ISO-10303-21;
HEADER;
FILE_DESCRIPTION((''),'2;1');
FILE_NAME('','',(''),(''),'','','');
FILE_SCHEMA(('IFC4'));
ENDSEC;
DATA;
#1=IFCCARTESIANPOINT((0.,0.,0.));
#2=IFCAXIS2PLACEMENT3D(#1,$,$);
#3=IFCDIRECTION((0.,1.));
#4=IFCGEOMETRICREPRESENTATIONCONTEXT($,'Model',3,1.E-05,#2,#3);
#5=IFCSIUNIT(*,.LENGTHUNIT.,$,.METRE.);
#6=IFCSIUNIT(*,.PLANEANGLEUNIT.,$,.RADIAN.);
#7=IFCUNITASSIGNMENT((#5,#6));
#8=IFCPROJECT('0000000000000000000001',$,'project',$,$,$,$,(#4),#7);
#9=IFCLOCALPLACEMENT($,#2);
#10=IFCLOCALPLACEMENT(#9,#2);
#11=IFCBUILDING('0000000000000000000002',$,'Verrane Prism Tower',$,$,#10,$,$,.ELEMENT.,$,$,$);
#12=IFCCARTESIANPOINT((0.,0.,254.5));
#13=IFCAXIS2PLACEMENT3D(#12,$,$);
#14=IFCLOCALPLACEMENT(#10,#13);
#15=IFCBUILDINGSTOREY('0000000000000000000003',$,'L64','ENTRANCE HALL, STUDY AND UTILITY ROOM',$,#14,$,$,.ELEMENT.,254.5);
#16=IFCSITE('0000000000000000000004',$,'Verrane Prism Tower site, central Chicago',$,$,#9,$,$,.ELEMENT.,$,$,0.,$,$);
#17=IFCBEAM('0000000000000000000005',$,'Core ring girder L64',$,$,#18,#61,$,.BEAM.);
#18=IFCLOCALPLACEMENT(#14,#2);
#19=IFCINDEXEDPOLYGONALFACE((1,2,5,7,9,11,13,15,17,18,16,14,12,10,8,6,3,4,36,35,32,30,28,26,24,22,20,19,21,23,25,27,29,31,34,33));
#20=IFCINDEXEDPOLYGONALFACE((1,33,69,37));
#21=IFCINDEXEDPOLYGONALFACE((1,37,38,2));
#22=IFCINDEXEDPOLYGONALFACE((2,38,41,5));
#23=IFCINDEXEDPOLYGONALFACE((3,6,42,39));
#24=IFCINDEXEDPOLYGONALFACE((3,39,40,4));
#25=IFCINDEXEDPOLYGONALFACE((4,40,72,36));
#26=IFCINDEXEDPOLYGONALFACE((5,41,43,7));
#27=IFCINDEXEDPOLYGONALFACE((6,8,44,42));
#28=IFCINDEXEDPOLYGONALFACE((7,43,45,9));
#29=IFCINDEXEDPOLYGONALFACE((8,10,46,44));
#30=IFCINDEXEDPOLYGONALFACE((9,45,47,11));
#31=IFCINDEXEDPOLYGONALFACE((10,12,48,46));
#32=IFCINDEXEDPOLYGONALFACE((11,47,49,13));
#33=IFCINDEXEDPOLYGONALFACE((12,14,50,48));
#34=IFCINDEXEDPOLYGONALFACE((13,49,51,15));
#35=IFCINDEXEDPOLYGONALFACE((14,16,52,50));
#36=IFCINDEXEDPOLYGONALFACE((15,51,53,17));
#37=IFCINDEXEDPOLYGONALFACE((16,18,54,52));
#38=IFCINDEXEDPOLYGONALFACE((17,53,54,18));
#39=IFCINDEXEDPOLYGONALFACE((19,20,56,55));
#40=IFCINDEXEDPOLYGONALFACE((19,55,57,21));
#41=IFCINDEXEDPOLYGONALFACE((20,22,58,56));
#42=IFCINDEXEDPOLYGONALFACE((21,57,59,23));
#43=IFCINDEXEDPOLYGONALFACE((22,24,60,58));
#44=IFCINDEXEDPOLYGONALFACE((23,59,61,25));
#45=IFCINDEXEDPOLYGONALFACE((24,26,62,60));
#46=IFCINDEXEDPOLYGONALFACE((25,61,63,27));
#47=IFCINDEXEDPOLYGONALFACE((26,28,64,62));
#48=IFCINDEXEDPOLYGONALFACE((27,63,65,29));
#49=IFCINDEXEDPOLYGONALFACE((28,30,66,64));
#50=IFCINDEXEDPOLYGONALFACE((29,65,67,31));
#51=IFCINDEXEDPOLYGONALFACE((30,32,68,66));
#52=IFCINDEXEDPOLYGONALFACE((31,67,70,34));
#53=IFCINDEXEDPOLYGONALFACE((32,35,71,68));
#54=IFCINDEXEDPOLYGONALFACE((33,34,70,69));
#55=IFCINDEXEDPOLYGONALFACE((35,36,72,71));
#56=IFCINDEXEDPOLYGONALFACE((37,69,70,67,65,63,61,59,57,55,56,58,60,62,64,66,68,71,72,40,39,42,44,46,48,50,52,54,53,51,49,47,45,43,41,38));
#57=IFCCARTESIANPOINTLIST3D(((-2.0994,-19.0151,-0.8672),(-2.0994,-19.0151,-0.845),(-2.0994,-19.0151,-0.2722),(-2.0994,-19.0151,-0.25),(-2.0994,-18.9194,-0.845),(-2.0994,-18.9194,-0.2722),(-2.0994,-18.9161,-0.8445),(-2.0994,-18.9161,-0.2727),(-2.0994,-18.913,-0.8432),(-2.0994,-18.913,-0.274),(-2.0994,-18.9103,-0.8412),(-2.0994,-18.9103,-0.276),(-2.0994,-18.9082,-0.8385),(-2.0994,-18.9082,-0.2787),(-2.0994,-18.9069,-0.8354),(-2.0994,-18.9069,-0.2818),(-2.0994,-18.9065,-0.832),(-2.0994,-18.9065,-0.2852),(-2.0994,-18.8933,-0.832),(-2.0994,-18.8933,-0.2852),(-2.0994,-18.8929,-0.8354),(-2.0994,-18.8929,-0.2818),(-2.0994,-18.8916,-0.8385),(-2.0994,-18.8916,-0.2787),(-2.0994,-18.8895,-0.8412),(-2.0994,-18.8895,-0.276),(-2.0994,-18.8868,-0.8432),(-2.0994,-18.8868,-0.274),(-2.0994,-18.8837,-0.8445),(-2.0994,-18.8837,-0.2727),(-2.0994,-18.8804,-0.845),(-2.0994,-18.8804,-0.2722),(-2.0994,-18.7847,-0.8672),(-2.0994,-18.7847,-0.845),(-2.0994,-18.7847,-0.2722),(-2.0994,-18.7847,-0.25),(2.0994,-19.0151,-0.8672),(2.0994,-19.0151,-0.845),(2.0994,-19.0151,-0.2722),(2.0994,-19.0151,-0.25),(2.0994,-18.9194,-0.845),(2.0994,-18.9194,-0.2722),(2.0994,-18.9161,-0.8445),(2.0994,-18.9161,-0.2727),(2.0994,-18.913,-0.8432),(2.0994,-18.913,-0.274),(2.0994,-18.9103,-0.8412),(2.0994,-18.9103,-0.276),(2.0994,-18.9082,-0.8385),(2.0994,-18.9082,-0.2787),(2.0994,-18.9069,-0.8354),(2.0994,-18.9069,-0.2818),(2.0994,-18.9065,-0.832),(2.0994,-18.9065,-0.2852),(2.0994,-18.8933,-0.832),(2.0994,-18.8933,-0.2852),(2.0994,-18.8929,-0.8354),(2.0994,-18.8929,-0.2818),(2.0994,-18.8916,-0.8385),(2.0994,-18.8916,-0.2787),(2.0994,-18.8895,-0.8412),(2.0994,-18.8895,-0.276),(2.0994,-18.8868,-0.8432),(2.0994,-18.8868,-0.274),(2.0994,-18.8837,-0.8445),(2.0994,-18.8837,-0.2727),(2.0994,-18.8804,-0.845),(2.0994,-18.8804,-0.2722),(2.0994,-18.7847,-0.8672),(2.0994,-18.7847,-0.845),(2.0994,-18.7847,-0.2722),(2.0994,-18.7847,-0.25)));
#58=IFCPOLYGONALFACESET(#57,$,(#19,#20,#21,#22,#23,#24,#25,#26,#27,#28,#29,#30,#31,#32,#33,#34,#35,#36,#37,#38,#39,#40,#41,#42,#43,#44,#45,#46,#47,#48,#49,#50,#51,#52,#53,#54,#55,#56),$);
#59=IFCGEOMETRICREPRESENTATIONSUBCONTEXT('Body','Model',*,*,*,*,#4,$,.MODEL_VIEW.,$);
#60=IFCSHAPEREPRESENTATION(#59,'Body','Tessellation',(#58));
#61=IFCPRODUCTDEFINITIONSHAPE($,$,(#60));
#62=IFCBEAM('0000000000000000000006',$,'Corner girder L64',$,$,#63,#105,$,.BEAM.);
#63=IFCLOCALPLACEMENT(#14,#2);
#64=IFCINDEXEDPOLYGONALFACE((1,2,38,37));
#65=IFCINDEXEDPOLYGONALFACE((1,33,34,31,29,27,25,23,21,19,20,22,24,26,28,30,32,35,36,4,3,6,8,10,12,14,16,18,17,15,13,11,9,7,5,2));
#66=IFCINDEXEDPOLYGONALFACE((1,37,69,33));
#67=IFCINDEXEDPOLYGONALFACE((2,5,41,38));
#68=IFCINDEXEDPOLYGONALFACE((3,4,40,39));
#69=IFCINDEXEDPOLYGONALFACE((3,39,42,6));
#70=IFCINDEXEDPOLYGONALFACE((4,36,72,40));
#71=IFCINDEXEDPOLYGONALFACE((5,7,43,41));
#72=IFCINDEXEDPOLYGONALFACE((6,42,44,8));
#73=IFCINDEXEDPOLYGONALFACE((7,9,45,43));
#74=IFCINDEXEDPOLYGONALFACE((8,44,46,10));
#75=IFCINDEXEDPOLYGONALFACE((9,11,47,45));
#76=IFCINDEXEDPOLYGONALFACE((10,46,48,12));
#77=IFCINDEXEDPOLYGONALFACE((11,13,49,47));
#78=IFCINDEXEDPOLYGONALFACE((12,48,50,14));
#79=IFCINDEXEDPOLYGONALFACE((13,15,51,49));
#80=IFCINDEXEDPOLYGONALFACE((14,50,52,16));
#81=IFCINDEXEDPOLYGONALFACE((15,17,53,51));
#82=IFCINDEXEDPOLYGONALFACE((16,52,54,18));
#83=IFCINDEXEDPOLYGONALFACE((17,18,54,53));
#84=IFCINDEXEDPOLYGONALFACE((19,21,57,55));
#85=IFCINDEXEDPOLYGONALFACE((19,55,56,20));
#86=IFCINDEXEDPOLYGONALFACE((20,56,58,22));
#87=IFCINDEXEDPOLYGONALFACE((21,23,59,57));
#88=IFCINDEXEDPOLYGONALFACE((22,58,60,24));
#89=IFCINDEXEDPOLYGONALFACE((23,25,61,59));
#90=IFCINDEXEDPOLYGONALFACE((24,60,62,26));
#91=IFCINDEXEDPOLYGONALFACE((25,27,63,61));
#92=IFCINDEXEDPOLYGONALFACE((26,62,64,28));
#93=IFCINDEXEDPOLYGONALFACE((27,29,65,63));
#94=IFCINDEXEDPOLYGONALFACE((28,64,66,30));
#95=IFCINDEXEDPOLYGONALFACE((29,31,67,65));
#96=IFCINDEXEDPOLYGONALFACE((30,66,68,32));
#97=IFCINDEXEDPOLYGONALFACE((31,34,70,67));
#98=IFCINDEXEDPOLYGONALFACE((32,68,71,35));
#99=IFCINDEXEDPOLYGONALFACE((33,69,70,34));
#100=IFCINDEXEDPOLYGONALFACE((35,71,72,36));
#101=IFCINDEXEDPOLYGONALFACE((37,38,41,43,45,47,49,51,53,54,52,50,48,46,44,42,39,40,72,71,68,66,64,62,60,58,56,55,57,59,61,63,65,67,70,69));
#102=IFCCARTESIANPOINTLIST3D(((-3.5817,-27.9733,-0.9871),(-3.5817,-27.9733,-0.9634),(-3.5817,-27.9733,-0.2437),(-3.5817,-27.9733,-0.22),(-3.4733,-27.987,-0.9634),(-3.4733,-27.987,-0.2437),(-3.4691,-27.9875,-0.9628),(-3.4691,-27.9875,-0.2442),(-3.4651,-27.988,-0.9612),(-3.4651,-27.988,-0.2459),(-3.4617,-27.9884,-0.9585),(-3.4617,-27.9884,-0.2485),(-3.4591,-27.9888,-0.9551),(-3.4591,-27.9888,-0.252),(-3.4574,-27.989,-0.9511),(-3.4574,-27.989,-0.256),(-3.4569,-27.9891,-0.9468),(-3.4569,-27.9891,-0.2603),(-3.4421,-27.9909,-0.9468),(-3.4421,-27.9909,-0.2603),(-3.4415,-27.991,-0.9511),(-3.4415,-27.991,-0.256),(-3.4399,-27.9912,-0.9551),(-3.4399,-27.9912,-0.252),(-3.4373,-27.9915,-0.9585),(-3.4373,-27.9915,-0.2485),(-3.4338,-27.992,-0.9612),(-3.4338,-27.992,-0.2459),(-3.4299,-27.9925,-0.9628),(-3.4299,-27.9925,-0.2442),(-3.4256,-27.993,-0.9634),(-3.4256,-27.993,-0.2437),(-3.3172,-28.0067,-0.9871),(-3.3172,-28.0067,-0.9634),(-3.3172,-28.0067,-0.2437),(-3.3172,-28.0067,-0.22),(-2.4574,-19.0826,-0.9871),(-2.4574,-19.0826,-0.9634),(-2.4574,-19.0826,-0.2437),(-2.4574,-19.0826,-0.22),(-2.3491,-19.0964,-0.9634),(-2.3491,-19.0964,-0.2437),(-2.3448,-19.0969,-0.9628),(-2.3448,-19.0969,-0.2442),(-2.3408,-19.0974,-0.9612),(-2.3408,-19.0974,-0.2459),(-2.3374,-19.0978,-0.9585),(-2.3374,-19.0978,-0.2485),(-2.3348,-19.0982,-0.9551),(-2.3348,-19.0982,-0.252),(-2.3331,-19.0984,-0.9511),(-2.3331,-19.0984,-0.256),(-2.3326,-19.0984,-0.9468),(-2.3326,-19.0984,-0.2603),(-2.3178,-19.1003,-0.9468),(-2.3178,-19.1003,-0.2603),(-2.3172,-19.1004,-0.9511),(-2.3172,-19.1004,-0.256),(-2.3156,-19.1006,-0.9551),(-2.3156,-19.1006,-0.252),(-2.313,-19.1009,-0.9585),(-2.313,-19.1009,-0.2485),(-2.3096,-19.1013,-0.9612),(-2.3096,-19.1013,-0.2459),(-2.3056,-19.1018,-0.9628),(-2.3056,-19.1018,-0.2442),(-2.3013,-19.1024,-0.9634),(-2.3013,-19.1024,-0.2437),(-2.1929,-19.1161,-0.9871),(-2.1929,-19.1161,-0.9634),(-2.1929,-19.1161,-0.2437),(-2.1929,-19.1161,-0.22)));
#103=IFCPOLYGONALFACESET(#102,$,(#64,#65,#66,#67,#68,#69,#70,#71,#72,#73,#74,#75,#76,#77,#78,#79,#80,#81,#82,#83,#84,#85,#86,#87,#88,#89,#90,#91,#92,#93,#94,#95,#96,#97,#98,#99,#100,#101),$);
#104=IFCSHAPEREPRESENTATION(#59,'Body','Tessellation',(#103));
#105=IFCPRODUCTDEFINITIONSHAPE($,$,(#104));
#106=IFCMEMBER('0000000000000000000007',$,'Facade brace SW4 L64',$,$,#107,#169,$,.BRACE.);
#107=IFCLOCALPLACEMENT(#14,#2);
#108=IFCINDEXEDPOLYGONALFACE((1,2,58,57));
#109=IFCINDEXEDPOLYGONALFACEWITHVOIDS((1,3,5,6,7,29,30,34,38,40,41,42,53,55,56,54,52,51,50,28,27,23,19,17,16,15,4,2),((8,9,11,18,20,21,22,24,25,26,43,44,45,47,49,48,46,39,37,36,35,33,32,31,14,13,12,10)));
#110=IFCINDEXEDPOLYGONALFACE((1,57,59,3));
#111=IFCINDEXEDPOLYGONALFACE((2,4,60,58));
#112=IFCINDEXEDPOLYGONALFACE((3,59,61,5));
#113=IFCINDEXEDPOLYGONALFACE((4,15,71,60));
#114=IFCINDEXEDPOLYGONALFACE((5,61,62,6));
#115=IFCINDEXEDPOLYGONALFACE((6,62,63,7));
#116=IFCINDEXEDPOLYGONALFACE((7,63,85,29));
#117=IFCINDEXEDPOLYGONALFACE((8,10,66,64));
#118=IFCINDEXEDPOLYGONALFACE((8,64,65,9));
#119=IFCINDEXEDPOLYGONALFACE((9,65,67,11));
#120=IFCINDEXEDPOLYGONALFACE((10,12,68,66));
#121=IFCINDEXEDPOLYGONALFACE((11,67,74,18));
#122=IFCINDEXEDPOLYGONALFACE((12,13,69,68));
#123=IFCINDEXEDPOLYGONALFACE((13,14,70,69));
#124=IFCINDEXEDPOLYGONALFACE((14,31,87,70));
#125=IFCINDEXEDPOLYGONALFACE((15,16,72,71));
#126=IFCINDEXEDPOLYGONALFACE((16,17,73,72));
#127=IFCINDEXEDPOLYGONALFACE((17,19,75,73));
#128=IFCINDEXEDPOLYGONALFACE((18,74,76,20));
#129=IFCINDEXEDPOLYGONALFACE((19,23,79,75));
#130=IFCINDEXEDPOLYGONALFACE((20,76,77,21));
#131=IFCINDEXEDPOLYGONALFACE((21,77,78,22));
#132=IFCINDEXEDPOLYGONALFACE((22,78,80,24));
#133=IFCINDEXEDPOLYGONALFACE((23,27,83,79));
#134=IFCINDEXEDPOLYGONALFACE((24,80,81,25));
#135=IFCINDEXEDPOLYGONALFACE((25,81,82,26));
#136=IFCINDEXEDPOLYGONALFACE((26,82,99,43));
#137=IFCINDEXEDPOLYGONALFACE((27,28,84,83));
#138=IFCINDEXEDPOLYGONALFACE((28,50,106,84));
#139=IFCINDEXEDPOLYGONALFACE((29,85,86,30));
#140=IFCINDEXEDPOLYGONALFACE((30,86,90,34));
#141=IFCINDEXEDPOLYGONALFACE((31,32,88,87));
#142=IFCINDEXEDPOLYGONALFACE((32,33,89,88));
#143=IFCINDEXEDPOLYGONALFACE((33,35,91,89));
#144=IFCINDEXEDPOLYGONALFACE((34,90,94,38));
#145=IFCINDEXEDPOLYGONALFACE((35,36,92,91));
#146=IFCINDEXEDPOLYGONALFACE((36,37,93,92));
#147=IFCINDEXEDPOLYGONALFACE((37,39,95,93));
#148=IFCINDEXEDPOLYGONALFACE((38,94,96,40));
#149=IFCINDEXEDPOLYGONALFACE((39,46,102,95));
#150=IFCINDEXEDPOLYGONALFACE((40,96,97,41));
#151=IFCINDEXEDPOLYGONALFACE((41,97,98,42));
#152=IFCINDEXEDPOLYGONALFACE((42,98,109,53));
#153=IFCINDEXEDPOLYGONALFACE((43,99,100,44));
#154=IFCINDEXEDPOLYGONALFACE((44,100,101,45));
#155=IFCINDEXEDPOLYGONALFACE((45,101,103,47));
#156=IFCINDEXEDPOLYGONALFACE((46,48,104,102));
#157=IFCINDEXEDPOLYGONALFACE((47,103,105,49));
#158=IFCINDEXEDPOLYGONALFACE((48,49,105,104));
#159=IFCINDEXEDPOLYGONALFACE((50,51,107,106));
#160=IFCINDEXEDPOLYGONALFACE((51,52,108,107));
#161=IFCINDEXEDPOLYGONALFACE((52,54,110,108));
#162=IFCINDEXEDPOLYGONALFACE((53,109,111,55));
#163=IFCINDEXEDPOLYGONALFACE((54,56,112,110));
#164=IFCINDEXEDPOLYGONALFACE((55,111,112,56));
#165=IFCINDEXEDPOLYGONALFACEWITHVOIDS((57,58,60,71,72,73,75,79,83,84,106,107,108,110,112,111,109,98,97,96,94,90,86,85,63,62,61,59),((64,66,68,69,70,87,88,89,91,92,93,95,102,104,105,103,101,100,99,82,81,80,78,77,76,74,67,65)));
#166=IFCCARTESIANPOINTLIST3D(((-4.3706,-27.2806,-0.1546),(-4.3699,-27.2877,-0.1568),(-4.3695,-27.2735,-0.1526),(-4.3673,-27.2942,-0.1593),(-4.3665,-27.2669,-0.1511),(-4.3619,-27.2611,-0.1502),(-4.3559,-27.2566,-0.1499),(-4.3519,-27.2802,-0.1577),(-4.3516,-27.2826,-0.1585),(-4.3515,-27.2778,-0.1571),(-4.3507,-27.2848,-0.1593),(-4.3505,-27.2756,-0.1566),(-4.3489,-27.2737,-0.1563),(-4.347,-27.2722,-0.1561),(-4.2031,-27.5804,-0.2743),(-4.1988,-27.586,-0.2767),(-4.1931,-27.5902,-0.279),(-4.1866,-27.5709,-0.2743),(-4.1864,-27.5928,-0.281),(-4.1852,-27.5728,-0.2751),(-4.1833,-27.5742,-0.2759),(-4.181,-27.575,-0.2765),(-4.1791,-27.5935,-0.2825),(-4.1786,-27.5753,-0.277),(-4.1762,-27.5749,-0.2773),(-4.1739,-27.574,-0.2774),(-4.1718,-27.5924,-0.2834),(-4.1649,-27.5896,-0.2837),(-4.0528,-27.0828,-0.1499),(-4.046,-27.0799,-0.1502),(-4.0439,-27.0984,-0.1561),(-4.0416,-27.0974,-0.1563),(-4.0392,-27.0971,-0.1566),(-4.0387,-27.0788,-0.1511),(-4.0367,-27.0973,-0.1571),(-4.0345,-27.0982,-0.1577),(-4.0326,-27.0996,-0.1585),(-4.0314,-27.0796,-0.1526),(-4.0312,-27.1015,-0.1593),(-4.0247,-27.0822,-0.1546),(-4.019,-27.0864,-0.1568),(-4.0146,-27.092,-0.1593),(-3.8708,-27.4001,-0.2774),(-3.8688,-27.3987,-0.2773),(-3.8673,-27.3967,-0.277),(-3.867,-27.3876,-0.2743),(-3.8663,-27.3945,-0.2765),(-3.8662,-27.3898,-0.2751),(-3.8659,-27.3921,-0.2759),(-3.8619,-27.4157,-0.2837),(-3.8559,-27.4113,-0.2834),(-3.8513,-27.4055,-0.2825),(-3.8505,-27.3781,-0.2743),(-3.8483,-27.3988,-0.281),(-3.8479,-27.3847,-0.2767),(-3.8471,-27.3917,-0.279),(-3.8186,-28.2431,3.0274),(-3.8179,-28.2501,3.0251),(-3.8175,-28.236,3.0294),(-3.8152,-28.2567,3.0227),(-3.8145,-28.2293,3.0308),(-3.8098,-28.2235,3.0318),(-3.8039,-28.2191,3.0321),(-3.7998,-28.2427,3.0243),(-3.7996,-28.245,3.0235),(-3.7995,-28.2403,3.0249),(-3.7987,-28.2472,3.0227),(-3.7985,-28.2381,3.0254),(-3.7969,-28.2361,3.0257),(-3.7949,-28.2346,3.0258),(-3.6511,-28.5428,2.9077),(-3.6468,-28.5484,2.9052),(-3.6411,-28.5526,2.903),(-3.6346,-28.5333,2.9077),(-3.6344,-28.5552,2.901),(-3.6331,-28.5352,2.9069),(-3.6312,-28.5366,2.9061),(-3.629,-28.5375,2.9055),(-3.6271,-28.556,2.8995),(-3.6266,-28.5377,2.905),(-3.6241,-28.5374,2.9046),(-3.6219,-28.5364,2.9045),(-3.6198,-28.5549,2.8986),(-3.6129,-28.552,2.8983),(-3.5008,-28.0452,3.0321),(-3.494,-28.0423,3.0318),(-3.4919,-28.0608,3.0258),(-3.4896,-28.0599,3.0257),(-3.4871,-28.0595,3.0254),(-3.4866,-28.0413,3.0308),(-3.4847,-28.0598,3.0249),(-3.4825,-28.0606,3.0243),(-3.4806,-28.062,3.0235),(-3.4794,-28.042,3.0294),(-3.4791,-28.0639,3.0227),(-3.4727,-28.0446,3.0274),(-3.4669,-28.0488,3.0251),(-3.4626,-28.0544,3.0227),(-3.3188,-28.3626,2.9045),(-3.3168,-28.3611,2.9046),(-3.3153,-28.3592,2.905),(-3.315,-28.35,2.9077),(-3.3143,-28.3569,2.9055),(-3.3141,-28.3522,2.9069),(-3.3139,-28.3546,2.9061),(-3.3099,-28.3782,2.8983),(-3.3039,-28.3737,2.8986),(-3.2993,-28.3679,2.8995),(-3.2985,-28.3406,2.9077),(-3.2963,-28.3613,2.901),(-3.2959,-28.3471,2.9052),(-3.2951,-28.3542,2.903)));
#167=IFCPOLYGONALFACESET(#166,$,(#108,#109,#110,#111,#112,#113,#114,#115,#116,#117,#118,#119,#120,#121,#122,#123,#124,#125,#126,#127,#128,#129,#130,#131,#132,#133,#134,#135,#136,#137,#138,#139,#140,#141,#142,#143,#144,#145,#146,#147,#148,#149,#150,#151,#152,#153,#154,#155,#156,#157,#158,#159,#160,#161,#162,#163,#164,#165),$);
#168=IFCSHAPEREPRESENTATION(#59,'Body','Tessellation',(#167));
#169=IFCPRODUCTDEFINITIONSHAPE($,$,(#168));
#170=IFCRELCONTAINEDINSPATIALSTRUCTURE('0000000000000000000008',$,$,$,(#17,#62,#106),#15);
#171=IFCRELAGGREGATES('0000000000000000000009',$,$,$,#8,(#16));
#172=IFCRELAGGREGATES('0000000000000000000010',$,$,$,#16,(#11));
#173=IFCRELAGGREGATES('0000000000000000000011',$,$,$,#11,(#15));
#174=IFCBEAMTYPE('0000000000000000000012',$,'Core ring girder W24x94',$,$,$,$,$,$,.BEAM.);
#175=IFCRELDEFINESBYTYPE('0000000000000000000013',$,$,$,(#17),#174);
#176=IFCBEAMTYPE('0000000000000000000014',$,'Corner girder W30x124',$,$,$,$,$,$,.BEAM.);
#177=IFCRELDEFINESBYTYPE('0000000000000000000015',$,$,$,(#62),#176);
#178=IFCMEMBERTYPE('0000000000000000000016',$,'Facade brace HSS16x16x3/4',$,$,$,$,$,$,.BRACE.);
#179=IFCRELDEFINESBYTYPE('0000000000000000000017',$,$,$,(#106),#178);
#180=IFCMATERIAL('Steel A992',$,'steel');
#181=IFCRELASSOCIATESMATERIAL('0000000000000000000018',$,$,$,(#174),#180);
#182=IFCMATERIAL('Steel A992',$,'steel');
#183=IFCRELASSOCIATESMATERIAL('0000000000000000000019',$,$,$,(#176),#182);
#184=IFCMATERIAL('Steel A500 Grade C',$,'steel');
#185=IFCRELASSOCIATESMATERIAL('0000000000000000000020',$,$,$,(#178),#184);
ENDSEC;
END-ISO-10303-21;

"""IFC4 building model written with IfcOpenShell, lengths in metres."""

from ifc_helpers import new_model, si_unit, direction, frame, origin, origin_2d, place, context, subcontext, project, spatial, hollow_rectangle, i_section, extrude, material, material_profile, profile_set, type_object, element, save


model = new_model("IFC4")

# Units and contexts
model_context = context("Model", 3, precision=1e-05, world=origin(), true_north=direction((0.0, 1.0)))
body_context = subcontext(model_context, "Body", "Model", "MODEL_VIEW")
ifc_project = project(units=[si_unit("LENGTHUNIT", "METRE"), si_unit("PLANEANGLEUNIT", "RADIAN")], contexts=[model_context])

# Site, building, storey
site_placement = place(None, origin())
site = spatial("IfcSite", under=ifc_project, at=site_placement, Name="Verrane Prism Tower site, central Chicago", CompositionType="ELEMENT", RefElevation=0.0)
building_placement = place(site_placement, origin())
building = spatial("IfcBuilding", under=site, at=building_placement, Name="Verrane Prism Tower", CompositionType="ELEMENT")
storey_placement = place(building_placement, frame((0.0, 0.0, 254.5)))
storey = spatial("IfcBuildingStorey", under=building, at=storey_placement, Name="L64", Description="ENTRANCE HALL, STUDY AND UTILITY ROOM", CompositionType="ELEMENT", Elevation=254.5)

# Beams
ifc_material_1 = material(Name="Steel A992", Category="steel")
ifc_material_profile_1 = material_profile(ifc_material_1, i_section(OverallWidth=0.2305, OverallDepth=0.6172, WebThickness=0.0132, FlangeThickness=0.0222, FilletRadius=0.0129, at=origin_2d()), Name="W24x94")
ifc_profile_set_1 = profile_set([ifc_material_profile_1], Name="Steel A992")
beam_type_1 = type_object("IfcBeamType", Name="Core ring girder W24x94", PredefinedType="BEAM", material=ifc_profile_set_1)
beam_1_placement = place(storey_placement, frame((-2.0994, -18.8999, -0.5586), z_axis=(1.0, 0.0, 0.0), x_axis=(0.0, 1.0, 0.0)))
element("IfcBeam", 1, at=beam_1_placement, inside=storey, type_object=beam_type_1, Name="Core ring girder L64", PredefinedType="BEAM", context=body_context, shape_type="SweptSolid", body=[
    extrude(i_section(OverallWidth=0.2305, OverallDepth=0.6172, WebThickness=0.0132, FlangeThickness=0.0222, FilletRadius=0.0129, at=origin_2d()), origin(), (0.0, 0.0, 1.0), 4.1987),
])
ifc_material_2 = material(Name="Steel A992", Category="steel")
ifc_material_profile_2 = material_profile(ifc_material_2, i_section(OverallWidth=0.2666, OverallDepth=0.7671, WebThickness=0.0149, FlangeThickness=0.0237, FilletRadius=0.0166, at=origin_2d()), Name="W30x124")
ifc_profile_set_2 = profile_set([ifc_material_profile_2], Name="Steel A992")
beam_type_2 = type_object("IfcBeamType", Name="Corner girder W30x124", PredefinedType="BEAM", material=ifc_profile_set_2)
beam_2_placement = place(storey_placement, frame((-3.4495, -27.99, -0.6035), z_axis=(0.125456, 0.992099, 0.0), x_axis=(-0.992099, 0.125456, 0.0)))
element("IfcBeam", 2, at=beam_2_placement, inside=storey, type_object=beam_type_2, Name="Corner girder L64", PredefinedType="BEAM", context=body_context, shape_type="SweptSolid", body=[
    extrude(i_section(OverallWidth=0.2666, OverallDepth=0.7671, WebThickness=0.0149, FlangeThickness=0.0237, FilletRadius=0.0166, at=origin_2d()), origin(), (0.0, 0.0, 1.0), 8.9614),
])

# Member
ifc_material_3 = material(Name="Steel A500 Grade C", Category="steel")
ifc_material_profile_3 = material_profile(ifc_material_3, hollow_rectangle(XDim=0.4065, YDim=0.4065, WallThickness=0.019, InnerFilletRadius=0.0095, OuterFilletRadius=0.0286, at=origin_2d()), Name="HSS16x16x3/4")
ifc_profile_set_3 = profile_set([ifc_material_profile_3], Name="Steel A500 Grade C")
member_type_1 = type_object("IfcMemberType", Name="Facade brace HSS16x16x3/4", PredefinedType="BRACE", material=ifc_profile_set_3)
member_1_placement = place(storey_placement, frame((-4.1089, -27.3362, -0.2168), z_axis=(0.16381, -0.285599, 0.944245), x_axis=(0.867443, 0.497536, 0.0)))
element("IfcMember", 3, at=member_1_placement, inside=storey, type_object=member_type_1, Name="Facade brace SW4 L64", PredefinedType="BRACE", context=body_context, shape_type="SweptSolid", body=[
    extrude(hollow_rectangle(XDim=0.4065, YDim=0.4065, WallThickness=0.019, InnerFilletRadius=0.0095, OuterFilletRadius=0.0286, at=origin_2d()), origin(), (0.0, 0.0, 1.0), 3.3699),
])

save(model, "model.ifc")
